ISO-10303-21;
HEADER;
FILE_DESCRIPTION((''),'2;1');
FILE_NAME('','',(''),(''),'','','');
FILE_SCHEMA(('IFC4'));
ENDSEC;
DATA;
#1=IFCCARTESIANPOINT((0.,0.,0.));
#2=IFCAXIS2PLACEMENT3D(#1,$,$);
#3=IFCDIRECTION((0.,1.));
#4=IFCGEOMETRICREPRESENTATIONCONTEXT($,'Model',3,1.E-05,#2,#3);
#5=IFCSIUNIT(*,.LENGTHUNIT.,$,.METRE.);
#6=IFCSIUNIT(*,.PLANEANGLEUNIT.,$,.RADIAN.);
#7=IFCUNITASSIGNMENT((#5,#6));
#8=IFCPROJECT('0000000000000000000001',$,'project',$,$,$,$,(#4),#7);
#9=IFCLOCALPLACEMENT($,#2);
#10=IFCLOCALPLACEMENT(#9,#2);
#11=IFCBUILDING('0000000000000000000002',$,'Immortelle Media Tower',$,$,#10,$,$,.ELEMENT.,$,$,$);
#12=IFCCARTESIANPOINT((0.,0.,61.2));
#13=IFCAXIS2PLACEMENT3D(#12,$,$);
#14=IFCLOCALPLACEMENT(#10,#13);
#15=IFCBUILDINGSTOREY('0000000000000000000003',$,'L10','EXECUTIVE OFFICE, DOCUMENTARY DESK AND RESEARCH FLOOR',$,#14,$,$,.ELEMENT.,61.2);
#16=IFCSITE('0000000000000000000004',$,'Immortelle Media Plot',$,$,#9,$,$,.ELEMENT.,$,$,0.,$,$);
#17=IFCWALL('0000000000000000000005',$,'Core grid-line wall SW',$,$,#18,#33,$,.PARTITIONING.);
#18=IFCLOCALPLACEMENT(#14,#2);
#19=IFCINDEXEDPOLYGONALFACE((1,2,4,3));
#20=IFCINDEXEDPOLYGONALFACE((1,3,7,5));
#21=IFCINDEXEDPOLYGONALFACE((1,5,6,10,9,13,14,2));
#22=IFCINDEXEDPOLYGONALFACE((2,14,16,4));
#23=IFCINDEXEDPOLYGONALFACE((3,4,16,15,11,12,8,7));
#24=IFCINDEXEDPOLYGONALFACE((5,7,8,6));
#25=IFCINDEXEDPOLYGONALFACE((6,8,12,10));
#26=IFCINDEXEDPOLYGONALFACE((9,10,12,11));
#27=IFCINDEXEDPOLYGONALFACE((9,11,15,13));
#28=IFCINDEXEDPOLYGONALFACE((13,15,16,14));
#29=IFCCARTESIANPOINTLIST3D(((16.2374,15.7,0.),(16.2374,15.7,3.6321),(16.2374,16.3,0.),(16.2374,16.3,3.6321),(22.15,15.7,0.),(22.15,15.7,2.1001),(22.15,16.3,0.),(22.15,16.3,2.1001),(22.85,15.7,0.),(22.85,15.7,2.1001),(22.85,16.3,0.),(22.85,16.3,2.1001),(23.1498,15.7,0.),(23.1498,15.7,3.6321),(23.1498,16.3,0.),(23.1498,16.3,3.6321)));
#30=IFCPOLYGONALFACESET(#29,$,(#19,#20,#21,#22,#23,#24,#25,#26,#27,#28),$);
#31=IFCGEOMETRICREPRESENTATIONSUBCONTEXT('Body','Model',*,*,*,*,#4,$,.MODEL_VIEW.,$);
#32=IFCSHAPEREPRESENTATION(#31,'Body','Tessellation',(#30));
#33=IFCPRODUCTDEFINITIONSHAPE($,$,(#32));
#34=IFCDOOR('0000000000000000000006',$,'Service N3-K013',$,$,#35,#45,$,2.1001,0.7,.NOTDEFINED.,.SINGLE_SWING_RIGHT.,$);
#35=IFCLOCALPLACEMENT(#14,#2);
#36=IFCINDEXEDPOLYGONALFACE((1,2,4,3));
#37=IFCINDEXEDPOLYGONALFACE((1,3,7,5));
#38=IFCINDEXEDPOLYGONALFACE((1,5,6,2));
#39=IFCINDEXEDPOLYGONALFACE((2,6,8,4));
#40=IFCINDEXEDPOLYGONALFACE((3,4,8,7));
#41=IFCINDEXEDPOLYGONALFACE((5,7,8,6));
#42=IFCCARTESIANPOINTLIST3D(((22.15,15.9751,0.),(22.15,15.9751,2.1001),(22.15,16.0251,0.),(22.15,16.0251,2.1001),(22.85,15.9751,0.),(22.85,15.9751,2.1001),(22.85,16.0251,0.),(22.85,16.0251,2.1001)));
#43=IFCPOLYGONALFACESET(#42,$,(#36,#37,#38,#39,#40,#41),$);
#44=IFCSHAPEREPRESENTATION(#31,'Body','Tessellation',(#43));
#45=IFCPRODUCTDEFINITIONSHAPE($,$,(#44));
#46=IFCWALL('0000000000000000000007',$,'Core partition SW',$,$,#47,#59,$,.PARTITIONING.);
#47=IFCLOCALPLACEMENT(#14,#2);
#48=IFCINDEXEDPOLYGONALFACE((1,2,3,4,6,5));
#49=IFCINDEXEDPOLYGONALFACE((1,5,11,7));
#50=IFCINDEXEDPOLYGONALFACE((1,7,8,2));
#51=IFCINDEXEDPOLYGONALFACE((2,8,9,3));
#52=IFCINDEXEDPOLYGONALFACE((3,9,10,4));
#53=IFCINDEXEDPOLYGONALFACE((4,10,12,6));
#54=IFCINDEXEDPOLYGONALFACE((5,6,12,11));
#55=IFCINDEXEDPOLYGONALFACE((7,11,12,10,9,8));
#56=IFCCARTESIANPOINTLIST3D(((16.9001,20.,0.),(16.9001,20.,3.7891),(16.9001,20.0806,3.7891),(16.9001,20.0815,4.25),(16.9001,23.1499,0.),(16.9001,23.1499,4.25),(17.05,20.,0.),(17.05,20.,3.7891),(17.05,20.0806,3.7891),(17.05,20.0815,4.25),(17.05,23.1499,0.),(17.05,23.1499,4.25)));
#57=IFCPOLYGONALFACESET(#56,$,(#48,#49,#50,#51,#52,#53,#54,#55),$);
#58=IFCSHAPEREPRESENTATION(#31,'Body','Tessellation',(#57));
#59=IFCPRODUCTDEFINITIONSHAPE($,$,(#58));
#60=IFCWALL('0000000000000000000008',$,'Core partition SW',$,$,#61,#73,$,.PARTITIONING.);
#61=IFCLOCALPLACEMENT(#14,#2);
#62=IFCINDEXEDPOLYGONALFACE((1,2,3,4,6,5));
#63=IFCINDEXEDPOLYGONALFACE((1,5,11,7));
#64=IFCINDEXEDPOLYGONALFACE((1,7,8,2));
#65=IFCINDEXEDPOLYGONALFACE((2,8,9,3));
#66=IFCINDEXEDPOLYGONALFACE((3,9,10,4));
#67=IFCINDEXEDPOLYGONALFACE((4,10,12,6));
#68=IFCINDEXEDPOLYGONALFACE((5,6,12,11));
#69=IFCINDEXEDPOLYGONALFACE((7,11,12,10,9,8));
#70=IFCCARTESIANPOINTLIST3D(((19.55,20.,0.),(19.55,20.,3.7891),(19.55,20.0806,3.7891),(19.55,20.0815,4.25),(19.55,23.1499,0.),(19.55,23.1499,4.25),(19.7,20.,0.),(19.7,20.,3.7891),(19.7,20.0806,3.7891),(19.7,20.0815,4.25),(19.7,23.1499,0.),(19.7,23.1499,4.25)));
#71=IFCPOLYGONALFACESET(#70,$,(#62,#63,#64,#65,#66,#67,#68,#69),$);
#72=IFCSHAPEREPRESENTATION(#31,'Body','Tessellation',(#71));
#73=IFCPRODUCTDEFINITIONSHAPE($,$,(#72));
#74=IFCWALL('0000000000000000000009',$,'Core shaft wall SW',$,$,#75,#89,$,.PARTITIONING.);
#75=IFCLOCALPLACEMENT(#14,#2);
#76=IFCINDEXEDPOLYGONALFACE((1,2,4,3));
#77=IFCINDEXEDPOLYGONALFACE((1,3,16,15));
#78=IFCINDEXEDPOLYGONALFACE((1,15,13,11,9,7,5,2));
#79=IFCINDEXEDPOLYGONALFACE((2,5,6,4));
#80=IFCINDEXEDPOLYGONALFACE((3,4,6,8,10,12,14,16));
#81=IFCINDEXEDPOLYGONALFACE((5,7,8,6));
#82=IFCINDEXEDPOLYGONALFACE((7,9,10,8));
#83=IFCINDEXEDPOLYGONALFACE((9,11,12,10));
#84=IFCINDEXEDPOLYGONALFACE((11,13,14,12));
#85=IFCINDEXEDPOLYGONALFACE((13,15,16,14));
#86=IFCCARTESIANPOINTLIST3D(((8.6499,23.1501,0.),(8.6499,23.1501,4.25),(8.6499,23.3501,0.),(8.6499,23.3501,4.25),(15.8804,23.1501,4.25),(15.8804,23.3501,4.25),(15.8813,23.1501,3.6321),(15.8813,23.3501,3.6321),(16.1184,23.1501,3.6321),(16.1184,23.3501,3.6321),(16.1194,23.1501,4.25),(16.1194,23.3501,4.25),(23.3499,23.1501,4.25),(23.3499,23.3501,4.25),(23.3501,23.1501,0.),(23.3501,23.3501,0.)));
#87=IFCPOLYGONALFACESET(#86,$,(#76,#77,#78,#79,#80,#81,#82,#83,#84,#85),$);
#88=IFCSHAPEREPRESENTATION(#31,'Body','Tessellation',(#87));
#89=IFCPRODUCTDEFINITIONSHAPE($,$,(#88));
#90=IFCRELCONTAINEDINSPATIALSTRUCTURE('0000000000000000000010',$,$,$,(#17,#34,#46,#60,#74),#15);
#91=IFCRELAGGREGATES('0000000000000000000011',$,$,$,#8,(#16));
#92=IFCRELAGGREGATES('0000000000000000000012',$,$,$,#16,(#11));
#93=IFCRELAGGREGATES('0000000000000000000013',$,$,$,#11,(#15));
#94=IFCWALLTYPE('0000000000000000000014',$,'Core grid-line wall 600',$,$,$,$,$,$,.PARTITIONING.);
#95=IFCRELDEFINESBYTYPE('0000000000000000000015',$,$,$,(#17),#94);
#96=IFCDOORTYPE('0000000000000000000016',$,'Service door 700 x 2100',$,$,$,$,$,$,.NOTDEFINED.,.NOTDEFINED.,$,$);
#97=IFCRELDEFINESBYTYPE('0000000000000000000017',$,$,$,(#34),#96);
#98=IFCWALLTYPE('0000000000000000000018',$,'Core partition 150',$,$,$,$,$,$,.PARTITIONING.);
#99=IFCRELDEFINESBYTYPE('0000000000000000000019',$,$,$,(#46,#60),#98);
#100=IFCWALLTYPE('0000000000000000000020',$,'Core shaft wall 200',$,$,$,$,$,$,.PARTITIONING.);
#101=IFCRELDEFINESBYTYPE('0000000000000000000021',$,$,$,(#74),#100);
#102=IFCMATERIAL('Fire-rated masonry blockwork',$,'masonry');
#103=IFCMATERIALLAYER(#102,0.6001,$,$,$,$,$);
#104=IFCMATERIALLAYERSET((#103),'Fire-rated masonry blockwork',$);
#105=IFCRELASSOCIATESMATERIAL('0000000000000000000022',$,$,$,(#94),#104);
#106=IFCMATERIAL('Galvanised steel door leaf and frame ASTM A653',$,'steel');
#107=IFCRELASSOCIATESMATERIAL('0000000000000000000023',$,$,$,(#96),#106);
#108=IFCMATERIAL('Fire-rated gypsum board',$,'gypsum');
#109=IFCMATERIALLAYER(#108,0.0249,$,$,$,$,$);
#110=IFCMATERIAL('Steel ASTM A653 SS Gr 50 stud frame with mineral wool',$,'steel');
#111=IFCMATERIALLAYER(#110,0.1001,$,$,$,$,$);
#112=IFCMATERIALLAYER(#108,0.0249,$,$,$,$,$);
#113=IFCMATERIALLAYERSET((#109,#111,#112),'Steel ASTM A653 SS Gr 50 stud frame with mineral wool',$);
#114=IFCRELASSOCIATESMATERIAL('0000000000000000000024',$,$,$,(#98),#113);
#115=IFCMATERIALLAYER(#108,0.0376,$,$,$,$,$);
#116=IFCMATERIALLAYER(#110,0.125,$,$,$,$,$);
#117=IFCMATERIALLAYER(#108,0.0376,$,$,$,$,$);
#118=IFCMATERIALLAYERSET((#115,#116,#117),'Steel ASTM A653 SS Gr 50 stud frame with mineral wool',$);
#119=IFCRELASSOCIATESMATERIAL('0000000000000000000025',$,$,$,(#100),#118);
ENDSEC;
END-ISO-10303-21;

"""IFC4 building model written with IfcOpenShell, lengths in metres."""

from ifc_helpers import new_model, si_unit, direction, frame, frame_2d, origin, place, context, subcontext, project, spatial, polyline, rectangle, outline, extrude, material, layer, layer_set, type_object, element, fill, save


model = new_model("IFC4")

# Units and contexts
model_context = context("Model", 3, precision=1e-05, world=origin(), true_north=direction((0.0, 1.0)))
body_context = subcontext(model_context, "Body", "Model", "MODEL_VIEW")
ifc_project = project(units=[si_unit("LENGTHUNIT", "METRE"), si_unit("PLANEANGLEUNIT", "RADIAN")], contexts=[model_context])

# Site, building, storey
site_placement = place(None, origin())
site = spatial("IfcSite", under=ifc_project, at=site_placement, Name="Immortelle Media Plot", CompositionType="ELEMENT", RefElevation=0.0)
building_placement = place(site_placement, origin())
building = spatial("IfcBuilding", under=site, at=building_placement, Name="Immortelle Media Tower", CompositionType="ELEMENT")
storey_placement = place(building_placement, frame((0.0, 0.0, 61.2)))
storey = spatial("IfcBuildingStorey", under=building, at=storey_placement, Name="L10", Description="EXECUTIVE OFFICE, DOCUMENTARY DESK AND RESEARCH FLOOR", CompositionType="ELEMENT", Elevation=61.2)

# Wall, opening, door
ifc_material_1 = material(Name="Fire-rated masonry blockwork", Category="masonry")
ifc_layer_1 = layer(ifc_material_1, 0.6001)
ifc_layer_set_1 = layer_set([ifc_layer_1], Name="Fire-rated masonry blockwork")
wall_type_1 = type_object("IfcWallType", Name="Core grid-line wall 600", PredefinedType="PARTITIONING", material=ifc_layer_set_1)
wall_1_placement = place(storey_placement, frame((16.2375, 16.0, 0.0), z_axis=(0.0, 0.0, 1.0), x_axis=(1.0, 0.0, 0.0)))
wall_1 = element("IfcWall", 1, at=wall_1_placement, inside=storey, type_object=wall_type_1, Name="Core grid-line wall SW", PredefinedType="PARTITIONING", context=body_context, shape_type="SweptSolid", body=[
    extrude(rectangle(XDim=6.9124, YDim=0.6001, at=frame_2d((3.4561, 0.0))), origin(), (0.0, 0.0, 1.0), 3.6321),
])
opening_1_placement = place(wall_1_placement, frame((6.6125, 0.0, 0.0), z_axis=(0.0, 0.0, 1.0), x_axis=(-1.0, 0.0, 0.0)))
opening_1 = element("IfcOpeningElement", 2, at=opening_1_placement, cuts=wall_1, PredefinedType="OPENING", context=body_context, shape_type="SweptSolid", body=[
    extrude(rectangle(XDim=0.7, YDim=2.1001, at=frame_2d((0.3501, 1.05))), frame((0.0, 0.3101, 0.0), z_axis=(0.0, -1.0, 0.0), x_axis=(1.0, 0.0, 0.0)), (0.0, 0.0, 1.0), 0.6201),
])
ifc_material_2 = material(Name="Galvanised steel door leaf and frame ASTM A653", Category="steel")
door_type_1 = type_object("IfcDoorType", Name="Service door 700 x 2100", OperationType="NOTDEFINED", PredefinedType="NOTDEFINED", material=ifc_material_2)
door_1_placement = place(opening_1_placement, origin())
door_1 = element("IfcDoor", 3, at=door_1_placement, inside=storey, type_object=door_type_1, Name="Service N3-K013", OperationType="SINGLE_SWING_RIGHT", OverallHeight=2.1001, OverallWidth=0.7, PredefinedType="NOTDEFINED", context=body_context, shape_type="SweptSolid", body=[
    extrude(rectangle(XDim=0.7, YDim=2.1001, at=frame_2d((0.3501, 1.05))), frame((0.0, 0.0249, 0.0), z_axis=(0.0, -1.0, 0.0), x_axis=(1.0, 0.0, 0.0)), (0.0, 0.0, 1.0), 0.05),
])
fill(opening_1, door_1)

# Walls
ifc_material_3 = material(Name="Fire-rated gypsum board", Category="gypsum")
ifc_layer_2 = layer(ifc_material_3, 0.0249)
ifc_material_4 = material(Name="Steel ASTM A653 SS Gr 50 stud frame with mineral wool", Category="steel")
ifc_layer_3 = layer(ifc_material_4, 0.1001)
ifc_layer_4 = layer(ifc_material_3, 0.0249)
ifc_layer_set_2 = layer_set([ifc_layer_2, ifc_layer_3, ifc_layer_4], Name="Steel ASTM A653 SS Gr 50 stud frame with mineral wool")
wall_type_2 = type_object("IfcWallType", Name="Core partition 150", PredefinedType="PARTITIONING", material=ifc_layer_set_2)
for number, where, z_axis, x_axis, name in (
    (4, (16.9751, 20.0, 0.0), (0.0, 0.0, 1.0), (0.0, 1.0, 0.0), "Core partition SW"),
    (5, (19.625, 20.0, 0.0), (0.0, 0.0, 1.0), (0.0, 1.0, 0.0), "Core partition SW"),
):
    element("IfcWall", number, at=place(storey_placement, frame(where, z_axis=z_axis, x_axis=x_axis)), inside=storey, type_object=wall_type_2, Name=name, PredefinedType="PARTITIONING", context=body_context, shape_type="SweptSolid", body=[
        extrude(outline(polyline([(0.0, 0.0), (3.1499, 0.0), (3.1499, 4.25), (0.0815, 4.25), (0.0806, 3.7891), (0.0, 3.7891), (0.0, 0.0)])), frame((0.0, 0.075, 0.0), z_axis=(0.0, -1.0, 0.0), x_axis=(1.0, 0.0, 0.0)), (0.0, 0.0, 1.0), 0.1499),
    ])
ifc_layer_5 = layer(ifc_material_3, 0.0376)
ifc_layer_6 = layer(ifc_material_4, 0.125)
ifc_layer_7 = layer(ifc_material_3, 0.0376)
ifc_layer_set_3 = layer_set([ifc_layer_5, ifc_layer_6, ifc_layer_7], Name="Steel ASTM A653 SS Gr 50 stud frame with mineral wool")
wall_type_3 = type_object("IfcWallType", Name="Core shaft wall 200", PredefinedType="PARTITIONING", material=ifc_layer_set_3)
wall_2_placement = place(storey_placement, frame((8.6499, 23.25, 0.0), z_axis=(0.0, 0.0, 1.0), x_axis=(1.0, 0.0, 0.0)))
element("IfcWall", 6, at=wall_2_placement, inside=storey, type_object=wall_type_3, Name="Core shaft wall SW", PredefinedType="PARTITIONING", context=body_context, shape_type="SweptSolid", body=[
    extrude(outline(polyline([(0.0, 0.0), (14.7002, 0.0), (14.7, 4.25), (7.4695, 4.25), (7.4685, 3.6321), (7.2314, 3.6321), (7.2305, 4.25), (0.0, 4.25), (0.0, 0.0)])), frame((0.0, 0.1001, 0.0), z_axis=(0.0, -1.0, 0.0), x_axis=(1.0, 0.0, 0.0)), (0.0, 0.0, 1.0), 0.2),
])

save(model, "model.ifc")
